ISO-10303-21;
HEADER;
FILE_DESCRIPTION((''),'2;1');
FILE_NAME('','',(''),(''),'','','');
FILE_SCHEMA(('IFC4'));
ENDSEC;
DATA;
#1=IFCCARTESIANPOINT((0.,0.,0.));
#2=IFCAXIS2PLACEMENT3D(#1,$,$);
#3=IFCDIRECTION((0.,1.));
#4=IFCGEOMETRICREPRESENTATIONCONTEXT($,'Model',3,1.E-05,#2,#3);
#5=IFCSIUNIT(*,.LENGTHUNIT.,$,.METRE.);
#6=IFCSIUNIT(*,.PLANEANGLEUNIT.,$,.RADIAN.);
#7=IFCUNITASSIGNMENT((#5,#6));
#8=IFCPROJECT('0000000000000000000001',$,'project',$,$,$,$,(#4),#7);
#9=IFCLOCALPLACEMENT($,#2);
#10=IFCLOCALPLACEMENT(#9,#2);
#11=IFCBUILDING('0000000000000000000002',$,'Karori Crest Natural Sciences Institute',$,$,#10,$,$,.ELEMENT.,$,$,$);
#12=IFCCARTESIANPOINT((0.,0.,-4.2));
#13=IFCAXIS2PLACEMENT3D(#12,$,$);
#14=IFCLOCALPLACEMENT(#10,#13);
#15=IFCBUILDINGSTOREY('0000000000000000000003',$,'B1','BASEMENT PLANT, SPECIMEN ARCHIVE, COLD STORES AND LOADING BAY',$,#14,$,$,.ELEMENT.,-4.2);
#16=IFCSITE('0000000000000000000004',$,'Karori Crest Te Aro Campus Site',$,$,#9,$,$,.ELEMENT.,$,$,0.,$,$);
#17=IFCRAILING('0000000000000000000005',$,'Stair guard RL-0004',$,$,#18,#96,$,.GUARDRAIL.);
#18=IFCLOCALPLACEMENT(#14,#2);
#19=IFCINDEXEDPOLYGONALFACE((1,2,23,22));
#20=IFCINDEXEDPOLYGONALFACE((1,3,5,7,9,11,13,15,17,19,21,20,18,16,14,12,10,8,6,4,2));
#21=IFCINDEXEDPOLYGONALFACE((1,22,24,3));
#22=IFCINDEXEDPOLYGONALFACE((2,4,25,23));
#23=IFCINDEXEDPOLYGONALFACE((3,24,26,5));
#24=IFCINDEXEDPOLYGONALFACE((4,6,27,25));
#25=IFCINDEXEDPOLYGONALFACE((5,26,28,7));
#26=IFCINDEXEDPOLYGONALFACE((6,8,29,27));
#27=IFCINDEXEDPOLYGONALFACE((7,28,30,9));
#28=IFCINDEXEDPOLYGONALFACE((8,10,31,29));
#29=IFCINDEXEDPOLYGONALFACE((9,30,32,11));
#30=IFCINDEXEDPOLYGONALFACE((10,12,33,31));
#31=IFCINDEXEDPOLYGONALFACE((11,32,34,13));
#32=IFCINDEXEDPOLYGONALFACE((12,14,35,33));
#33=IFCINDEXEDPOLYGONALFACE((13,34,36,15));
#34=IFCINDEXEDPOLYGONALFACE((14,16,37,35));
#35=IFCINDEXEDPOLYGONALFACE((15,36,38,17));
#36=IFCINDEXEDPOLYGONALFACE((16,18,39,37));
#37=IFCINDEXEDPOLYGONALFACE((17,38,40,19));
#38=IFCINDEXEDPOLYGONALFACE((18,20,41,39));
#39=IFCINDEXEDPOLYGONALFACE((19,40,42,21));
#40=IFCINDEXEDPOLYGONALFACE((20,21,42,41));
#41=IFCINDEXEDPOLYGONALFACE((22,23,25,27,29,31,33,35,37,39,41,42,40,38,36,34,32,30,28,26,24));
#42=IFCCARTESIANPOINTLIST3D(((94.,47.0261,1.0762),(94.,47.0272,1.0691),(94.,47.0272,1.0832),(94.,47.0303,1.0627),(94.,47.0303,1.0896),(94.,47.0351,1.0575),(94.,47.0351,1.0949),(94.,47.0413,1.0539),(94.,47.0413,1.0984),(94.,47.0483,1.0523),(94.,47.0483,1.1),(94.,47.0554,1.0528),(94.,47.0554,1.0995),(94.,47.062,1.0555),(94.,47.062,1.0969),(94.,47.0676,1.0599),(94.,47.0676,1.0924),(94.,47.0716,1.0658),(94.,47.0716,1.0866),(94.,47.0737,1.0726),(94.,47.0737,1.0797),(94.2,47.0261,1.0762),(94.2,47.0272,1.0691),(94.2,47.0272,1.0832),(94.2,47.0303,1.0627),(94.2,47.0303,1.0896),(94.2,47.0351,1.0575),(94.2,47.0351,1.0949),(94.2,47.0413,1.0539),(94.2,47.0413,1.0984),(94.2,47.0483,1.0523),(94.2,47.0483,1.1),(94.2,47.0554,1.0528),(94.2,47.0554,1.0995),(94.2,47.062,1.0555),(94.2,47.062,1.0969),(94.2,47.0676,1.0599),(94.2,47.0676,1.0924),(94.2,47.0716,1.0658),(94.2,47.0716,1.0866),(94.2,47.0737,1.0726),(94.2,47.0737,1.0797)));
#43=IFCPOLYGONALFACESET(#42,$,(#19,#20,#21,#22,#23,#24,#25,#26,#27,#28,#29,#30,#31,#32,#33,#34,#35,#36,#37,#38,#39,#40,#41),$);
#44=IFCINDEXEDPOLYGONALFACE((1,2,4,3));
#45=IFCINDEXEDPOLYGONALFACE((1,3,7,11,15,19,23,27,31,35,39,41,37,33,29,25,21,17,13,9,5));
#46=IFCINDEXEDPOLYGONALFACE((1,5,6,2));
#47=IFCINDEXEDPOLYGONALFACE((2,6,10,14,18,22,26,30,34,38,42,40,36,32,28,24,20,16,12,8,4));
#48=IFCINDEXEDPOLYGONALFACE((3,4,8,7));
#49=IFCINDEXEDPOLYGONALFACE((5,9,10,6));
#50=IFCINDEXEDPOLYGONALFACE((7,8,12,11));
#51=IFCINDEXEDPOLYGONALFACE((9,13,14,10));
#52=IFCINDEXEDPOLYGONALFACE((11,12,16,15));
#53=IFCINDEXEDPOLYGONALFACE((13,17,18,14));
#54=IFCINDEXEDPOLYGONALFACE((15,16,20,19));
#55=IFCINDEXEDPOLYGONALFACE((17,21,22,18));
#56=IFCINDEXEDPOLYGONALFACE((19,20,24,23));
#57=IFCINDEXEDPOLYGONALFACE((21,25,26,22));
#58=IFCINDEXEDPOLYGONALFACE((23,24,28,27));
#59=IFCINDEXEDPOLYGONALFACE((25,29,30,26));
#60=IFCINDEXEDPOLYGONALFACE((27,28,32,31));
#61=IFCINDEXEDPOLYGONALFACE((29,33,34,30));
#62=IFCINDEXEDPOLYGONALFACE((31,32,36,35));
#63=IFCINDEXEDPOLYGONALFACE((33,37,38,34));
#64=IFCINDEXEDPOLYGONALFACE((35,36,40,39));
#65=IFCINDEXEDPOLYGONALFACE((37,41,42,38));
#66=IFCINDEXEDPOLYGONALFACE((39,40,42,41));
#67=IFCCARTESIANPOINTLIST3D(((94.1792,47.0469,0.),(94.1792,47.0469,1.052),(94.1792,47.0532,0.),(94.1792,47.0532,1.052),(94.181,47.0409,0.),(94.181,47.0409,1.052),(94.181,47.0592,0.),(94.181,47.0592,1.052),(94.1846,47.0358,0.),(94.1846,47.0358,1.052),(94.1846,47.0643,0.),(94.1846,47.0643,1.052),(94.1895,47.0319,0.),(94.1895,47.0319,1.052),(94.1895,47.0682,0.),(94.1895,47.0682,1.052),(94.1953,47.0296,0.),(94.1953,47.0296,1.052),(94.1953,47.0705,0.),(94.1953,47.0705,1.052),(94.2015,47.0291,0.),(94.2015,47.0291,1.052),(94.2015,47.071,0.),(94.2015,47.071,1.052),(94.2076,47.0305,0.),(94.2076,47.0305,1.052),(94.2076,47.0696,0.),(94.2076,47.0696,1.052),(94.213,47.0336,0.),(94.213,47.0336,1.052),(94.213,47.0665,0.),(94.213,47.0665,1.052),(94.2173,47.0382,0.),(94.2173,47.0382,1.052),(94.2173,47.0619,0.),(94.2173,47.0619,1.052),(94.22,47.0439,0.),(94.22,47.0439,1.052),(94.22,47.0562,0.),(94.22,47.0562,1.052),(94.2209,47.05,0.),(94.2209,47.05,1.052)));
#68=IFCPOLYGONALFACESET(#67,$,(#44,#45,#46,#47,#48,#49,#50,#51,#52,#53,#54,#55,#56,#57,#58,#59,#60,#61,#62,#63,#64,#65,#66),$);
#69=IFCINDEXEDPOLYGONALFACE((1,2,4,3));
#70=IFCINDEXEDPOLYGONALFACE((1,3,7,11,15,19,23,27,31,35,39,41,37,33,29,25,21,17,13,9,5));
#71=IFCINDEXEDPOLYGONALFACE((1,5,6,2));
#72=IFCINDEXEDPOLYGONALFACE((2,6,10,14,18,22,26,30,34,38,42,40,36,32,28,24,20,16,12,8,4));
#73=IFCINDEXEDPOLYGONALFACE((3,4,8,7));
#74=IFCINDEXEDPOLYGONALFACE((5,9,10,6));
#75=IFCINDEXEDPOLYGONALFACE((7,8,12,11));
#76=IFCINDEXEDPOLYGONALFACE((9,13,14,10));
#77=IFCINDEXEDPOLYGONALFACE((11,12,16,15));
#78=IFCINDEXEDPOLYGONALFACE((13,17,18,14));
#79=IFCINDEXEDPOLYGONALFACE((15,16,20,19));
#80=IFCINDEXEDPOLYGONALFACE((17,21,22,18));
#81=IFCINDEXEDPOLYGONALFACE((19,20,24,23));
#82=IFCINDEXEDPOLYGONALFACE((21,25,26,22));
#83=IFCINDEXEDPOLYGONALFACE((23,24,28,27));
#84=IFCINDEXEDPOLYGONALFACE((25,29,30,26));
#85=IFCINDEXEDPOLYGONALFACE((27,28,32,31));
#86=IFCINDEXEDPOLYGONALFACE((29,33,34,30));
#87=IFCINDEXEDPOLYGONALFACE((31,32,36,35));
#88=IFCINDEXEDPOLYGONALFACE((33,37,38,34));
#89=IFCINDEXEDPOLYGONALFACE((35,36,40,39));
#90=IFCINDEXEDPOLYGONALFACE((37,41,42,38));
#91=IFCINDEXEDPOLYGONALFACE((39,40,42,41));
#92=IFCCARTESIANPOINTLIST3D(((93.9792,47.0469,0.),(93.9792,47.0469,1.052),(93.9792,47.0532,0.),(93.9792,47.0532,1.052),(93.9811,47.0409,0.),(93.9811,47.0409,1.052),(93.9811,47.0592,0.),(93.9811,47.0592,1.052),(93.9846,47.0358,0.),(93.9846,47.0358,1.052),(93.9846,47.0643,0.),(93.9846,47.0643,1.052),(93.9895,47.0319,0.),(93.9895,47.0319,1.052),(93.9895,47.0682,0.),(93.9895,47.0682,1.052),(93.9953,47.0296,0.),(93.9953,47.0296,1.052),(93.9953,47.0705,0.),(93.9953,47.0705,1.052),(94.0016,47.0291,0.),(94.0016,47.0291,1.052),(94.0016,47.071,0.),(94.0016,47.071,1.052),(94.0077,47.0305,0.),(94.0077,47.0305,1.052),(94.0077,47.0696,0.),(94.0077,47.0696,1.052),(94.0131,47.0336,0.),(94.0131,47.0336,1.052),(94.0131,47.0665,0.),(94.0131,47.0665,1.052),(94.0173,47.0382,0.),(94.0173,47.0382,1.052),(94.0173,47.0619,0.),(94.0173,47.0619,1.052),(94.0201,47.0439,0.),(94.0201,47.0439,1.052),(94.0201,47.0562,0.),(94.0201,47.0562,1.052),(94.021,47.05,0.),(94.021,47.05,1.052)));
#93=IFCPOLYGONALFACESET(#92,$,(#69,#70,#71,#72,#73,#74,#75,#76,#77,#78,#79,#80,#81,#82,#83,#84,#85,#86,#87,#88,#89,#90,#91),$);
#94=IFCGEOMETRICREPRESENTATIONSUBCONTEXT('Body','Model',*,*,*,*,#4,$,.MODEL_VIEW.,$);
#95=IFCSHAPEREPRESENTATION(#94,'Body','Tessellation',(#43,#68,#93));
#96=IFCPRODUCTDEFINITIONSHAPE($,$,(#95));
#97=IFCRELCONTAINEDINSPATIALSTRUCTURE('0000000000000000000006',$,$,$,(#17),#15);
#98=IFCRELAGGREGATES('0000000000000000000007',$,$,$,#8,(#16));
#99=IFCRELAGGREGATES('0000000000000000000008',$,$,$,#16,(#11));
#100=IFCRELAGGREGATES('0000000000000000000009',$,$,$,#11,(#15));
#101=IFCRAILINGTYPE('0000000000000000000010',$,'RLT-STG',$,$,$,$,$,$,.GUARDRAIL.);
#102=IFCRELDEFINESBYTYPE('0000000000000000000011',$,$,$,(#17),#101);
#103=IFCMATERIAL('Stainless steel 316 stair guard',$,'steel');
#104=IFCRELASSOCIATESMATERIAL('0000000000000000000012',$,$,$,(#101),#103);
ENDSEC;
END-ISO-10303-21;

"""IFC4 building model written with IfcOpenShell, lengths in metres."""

from ifc_helpers import new_model, si_unit, direction, frame, origin, origin_2d, place, context, subcontext, project, spatial, circle, extrude, material, type_object, element, save


model = new_model("IFC4")

# Units and contexts
model_context = context("Model", 3, precision=1e-05, world=origin(), true_north=direction((0.0, 1.0)))
body_context = subcontext(model_context, "Body", "Model", "MODEL_VIEW")
ifc_project = project(units=[si_unit("LENGTHUNIT", "METRE"), si_unit("PLANEANGLEUNIT", "RADIAN")], contexts=[model_context])

# Site, building, storey
site_placement = place(None, origin())
site = spatial("IfcSite", under=ifc_project, at=site_placement, Name="Karori Crest Te Aro Campus Site", CompositionType="ELEMENT", RefElevation=0.0)
building_placement = place(site_placement, origin())
building = spatial("IfcBuilding", under=site, at=building_placement, Name="Karori Crest Natural Sciences Institute", CompositionType="ELEMENT")
storey_placement = place(building_placement, frame((0.0, 0.0, -4.2)))
storey = spatial("IfcBuildingStorey", under=building, at=storey_placement, Name="B1", Description="BASEMENT PLANT, SPECIMEN ARCHIVE, COLD STORES AND LOADING BAY", CompositionType="ELEMENT", Elevation=-4.2)

# Railing
ifc_material_1 = material(Name="Stainless steel 316 stair guard", Category="steel")
railing_type_1 = type_object("IfcRailingType", Name="RLT-STG", PredefinedType="GUARDRAIL", material=ifc_material_1)
railing_1_placement = place(storey_placement, frame((94.2, 47.05, 0.0)))
element("IfcRailing", 1, at=railing_1_placement, inside=storey, type_object=railing_type_1, Name="Stair guard RL-0004", PredefinedType="GUARDRAIL", context=body_context, shape_type="SweptSolid", body=[
    extrude(circle(Radius=0.0239, at=origin_2d()), frame((0.0, 0.0, 1.0762), z_axis=(-1.0, 0.0, 0.0), x_axis=(0.0, -1.0, 0.0)), (0.0, 0.0, 1.0), 0.2),
    extrude(circle(Radius=0.021, at=origin_2d()), origin(), (0.0, 0.0, 1.0), 1.052),
    extrude(circle(Radius=0.021, at=origin_2d()), frame((-0.2, 0.0, 0.0)), (0.0, 0.0, 1.0), 1.052),
])

save(model, "model.ifc")
